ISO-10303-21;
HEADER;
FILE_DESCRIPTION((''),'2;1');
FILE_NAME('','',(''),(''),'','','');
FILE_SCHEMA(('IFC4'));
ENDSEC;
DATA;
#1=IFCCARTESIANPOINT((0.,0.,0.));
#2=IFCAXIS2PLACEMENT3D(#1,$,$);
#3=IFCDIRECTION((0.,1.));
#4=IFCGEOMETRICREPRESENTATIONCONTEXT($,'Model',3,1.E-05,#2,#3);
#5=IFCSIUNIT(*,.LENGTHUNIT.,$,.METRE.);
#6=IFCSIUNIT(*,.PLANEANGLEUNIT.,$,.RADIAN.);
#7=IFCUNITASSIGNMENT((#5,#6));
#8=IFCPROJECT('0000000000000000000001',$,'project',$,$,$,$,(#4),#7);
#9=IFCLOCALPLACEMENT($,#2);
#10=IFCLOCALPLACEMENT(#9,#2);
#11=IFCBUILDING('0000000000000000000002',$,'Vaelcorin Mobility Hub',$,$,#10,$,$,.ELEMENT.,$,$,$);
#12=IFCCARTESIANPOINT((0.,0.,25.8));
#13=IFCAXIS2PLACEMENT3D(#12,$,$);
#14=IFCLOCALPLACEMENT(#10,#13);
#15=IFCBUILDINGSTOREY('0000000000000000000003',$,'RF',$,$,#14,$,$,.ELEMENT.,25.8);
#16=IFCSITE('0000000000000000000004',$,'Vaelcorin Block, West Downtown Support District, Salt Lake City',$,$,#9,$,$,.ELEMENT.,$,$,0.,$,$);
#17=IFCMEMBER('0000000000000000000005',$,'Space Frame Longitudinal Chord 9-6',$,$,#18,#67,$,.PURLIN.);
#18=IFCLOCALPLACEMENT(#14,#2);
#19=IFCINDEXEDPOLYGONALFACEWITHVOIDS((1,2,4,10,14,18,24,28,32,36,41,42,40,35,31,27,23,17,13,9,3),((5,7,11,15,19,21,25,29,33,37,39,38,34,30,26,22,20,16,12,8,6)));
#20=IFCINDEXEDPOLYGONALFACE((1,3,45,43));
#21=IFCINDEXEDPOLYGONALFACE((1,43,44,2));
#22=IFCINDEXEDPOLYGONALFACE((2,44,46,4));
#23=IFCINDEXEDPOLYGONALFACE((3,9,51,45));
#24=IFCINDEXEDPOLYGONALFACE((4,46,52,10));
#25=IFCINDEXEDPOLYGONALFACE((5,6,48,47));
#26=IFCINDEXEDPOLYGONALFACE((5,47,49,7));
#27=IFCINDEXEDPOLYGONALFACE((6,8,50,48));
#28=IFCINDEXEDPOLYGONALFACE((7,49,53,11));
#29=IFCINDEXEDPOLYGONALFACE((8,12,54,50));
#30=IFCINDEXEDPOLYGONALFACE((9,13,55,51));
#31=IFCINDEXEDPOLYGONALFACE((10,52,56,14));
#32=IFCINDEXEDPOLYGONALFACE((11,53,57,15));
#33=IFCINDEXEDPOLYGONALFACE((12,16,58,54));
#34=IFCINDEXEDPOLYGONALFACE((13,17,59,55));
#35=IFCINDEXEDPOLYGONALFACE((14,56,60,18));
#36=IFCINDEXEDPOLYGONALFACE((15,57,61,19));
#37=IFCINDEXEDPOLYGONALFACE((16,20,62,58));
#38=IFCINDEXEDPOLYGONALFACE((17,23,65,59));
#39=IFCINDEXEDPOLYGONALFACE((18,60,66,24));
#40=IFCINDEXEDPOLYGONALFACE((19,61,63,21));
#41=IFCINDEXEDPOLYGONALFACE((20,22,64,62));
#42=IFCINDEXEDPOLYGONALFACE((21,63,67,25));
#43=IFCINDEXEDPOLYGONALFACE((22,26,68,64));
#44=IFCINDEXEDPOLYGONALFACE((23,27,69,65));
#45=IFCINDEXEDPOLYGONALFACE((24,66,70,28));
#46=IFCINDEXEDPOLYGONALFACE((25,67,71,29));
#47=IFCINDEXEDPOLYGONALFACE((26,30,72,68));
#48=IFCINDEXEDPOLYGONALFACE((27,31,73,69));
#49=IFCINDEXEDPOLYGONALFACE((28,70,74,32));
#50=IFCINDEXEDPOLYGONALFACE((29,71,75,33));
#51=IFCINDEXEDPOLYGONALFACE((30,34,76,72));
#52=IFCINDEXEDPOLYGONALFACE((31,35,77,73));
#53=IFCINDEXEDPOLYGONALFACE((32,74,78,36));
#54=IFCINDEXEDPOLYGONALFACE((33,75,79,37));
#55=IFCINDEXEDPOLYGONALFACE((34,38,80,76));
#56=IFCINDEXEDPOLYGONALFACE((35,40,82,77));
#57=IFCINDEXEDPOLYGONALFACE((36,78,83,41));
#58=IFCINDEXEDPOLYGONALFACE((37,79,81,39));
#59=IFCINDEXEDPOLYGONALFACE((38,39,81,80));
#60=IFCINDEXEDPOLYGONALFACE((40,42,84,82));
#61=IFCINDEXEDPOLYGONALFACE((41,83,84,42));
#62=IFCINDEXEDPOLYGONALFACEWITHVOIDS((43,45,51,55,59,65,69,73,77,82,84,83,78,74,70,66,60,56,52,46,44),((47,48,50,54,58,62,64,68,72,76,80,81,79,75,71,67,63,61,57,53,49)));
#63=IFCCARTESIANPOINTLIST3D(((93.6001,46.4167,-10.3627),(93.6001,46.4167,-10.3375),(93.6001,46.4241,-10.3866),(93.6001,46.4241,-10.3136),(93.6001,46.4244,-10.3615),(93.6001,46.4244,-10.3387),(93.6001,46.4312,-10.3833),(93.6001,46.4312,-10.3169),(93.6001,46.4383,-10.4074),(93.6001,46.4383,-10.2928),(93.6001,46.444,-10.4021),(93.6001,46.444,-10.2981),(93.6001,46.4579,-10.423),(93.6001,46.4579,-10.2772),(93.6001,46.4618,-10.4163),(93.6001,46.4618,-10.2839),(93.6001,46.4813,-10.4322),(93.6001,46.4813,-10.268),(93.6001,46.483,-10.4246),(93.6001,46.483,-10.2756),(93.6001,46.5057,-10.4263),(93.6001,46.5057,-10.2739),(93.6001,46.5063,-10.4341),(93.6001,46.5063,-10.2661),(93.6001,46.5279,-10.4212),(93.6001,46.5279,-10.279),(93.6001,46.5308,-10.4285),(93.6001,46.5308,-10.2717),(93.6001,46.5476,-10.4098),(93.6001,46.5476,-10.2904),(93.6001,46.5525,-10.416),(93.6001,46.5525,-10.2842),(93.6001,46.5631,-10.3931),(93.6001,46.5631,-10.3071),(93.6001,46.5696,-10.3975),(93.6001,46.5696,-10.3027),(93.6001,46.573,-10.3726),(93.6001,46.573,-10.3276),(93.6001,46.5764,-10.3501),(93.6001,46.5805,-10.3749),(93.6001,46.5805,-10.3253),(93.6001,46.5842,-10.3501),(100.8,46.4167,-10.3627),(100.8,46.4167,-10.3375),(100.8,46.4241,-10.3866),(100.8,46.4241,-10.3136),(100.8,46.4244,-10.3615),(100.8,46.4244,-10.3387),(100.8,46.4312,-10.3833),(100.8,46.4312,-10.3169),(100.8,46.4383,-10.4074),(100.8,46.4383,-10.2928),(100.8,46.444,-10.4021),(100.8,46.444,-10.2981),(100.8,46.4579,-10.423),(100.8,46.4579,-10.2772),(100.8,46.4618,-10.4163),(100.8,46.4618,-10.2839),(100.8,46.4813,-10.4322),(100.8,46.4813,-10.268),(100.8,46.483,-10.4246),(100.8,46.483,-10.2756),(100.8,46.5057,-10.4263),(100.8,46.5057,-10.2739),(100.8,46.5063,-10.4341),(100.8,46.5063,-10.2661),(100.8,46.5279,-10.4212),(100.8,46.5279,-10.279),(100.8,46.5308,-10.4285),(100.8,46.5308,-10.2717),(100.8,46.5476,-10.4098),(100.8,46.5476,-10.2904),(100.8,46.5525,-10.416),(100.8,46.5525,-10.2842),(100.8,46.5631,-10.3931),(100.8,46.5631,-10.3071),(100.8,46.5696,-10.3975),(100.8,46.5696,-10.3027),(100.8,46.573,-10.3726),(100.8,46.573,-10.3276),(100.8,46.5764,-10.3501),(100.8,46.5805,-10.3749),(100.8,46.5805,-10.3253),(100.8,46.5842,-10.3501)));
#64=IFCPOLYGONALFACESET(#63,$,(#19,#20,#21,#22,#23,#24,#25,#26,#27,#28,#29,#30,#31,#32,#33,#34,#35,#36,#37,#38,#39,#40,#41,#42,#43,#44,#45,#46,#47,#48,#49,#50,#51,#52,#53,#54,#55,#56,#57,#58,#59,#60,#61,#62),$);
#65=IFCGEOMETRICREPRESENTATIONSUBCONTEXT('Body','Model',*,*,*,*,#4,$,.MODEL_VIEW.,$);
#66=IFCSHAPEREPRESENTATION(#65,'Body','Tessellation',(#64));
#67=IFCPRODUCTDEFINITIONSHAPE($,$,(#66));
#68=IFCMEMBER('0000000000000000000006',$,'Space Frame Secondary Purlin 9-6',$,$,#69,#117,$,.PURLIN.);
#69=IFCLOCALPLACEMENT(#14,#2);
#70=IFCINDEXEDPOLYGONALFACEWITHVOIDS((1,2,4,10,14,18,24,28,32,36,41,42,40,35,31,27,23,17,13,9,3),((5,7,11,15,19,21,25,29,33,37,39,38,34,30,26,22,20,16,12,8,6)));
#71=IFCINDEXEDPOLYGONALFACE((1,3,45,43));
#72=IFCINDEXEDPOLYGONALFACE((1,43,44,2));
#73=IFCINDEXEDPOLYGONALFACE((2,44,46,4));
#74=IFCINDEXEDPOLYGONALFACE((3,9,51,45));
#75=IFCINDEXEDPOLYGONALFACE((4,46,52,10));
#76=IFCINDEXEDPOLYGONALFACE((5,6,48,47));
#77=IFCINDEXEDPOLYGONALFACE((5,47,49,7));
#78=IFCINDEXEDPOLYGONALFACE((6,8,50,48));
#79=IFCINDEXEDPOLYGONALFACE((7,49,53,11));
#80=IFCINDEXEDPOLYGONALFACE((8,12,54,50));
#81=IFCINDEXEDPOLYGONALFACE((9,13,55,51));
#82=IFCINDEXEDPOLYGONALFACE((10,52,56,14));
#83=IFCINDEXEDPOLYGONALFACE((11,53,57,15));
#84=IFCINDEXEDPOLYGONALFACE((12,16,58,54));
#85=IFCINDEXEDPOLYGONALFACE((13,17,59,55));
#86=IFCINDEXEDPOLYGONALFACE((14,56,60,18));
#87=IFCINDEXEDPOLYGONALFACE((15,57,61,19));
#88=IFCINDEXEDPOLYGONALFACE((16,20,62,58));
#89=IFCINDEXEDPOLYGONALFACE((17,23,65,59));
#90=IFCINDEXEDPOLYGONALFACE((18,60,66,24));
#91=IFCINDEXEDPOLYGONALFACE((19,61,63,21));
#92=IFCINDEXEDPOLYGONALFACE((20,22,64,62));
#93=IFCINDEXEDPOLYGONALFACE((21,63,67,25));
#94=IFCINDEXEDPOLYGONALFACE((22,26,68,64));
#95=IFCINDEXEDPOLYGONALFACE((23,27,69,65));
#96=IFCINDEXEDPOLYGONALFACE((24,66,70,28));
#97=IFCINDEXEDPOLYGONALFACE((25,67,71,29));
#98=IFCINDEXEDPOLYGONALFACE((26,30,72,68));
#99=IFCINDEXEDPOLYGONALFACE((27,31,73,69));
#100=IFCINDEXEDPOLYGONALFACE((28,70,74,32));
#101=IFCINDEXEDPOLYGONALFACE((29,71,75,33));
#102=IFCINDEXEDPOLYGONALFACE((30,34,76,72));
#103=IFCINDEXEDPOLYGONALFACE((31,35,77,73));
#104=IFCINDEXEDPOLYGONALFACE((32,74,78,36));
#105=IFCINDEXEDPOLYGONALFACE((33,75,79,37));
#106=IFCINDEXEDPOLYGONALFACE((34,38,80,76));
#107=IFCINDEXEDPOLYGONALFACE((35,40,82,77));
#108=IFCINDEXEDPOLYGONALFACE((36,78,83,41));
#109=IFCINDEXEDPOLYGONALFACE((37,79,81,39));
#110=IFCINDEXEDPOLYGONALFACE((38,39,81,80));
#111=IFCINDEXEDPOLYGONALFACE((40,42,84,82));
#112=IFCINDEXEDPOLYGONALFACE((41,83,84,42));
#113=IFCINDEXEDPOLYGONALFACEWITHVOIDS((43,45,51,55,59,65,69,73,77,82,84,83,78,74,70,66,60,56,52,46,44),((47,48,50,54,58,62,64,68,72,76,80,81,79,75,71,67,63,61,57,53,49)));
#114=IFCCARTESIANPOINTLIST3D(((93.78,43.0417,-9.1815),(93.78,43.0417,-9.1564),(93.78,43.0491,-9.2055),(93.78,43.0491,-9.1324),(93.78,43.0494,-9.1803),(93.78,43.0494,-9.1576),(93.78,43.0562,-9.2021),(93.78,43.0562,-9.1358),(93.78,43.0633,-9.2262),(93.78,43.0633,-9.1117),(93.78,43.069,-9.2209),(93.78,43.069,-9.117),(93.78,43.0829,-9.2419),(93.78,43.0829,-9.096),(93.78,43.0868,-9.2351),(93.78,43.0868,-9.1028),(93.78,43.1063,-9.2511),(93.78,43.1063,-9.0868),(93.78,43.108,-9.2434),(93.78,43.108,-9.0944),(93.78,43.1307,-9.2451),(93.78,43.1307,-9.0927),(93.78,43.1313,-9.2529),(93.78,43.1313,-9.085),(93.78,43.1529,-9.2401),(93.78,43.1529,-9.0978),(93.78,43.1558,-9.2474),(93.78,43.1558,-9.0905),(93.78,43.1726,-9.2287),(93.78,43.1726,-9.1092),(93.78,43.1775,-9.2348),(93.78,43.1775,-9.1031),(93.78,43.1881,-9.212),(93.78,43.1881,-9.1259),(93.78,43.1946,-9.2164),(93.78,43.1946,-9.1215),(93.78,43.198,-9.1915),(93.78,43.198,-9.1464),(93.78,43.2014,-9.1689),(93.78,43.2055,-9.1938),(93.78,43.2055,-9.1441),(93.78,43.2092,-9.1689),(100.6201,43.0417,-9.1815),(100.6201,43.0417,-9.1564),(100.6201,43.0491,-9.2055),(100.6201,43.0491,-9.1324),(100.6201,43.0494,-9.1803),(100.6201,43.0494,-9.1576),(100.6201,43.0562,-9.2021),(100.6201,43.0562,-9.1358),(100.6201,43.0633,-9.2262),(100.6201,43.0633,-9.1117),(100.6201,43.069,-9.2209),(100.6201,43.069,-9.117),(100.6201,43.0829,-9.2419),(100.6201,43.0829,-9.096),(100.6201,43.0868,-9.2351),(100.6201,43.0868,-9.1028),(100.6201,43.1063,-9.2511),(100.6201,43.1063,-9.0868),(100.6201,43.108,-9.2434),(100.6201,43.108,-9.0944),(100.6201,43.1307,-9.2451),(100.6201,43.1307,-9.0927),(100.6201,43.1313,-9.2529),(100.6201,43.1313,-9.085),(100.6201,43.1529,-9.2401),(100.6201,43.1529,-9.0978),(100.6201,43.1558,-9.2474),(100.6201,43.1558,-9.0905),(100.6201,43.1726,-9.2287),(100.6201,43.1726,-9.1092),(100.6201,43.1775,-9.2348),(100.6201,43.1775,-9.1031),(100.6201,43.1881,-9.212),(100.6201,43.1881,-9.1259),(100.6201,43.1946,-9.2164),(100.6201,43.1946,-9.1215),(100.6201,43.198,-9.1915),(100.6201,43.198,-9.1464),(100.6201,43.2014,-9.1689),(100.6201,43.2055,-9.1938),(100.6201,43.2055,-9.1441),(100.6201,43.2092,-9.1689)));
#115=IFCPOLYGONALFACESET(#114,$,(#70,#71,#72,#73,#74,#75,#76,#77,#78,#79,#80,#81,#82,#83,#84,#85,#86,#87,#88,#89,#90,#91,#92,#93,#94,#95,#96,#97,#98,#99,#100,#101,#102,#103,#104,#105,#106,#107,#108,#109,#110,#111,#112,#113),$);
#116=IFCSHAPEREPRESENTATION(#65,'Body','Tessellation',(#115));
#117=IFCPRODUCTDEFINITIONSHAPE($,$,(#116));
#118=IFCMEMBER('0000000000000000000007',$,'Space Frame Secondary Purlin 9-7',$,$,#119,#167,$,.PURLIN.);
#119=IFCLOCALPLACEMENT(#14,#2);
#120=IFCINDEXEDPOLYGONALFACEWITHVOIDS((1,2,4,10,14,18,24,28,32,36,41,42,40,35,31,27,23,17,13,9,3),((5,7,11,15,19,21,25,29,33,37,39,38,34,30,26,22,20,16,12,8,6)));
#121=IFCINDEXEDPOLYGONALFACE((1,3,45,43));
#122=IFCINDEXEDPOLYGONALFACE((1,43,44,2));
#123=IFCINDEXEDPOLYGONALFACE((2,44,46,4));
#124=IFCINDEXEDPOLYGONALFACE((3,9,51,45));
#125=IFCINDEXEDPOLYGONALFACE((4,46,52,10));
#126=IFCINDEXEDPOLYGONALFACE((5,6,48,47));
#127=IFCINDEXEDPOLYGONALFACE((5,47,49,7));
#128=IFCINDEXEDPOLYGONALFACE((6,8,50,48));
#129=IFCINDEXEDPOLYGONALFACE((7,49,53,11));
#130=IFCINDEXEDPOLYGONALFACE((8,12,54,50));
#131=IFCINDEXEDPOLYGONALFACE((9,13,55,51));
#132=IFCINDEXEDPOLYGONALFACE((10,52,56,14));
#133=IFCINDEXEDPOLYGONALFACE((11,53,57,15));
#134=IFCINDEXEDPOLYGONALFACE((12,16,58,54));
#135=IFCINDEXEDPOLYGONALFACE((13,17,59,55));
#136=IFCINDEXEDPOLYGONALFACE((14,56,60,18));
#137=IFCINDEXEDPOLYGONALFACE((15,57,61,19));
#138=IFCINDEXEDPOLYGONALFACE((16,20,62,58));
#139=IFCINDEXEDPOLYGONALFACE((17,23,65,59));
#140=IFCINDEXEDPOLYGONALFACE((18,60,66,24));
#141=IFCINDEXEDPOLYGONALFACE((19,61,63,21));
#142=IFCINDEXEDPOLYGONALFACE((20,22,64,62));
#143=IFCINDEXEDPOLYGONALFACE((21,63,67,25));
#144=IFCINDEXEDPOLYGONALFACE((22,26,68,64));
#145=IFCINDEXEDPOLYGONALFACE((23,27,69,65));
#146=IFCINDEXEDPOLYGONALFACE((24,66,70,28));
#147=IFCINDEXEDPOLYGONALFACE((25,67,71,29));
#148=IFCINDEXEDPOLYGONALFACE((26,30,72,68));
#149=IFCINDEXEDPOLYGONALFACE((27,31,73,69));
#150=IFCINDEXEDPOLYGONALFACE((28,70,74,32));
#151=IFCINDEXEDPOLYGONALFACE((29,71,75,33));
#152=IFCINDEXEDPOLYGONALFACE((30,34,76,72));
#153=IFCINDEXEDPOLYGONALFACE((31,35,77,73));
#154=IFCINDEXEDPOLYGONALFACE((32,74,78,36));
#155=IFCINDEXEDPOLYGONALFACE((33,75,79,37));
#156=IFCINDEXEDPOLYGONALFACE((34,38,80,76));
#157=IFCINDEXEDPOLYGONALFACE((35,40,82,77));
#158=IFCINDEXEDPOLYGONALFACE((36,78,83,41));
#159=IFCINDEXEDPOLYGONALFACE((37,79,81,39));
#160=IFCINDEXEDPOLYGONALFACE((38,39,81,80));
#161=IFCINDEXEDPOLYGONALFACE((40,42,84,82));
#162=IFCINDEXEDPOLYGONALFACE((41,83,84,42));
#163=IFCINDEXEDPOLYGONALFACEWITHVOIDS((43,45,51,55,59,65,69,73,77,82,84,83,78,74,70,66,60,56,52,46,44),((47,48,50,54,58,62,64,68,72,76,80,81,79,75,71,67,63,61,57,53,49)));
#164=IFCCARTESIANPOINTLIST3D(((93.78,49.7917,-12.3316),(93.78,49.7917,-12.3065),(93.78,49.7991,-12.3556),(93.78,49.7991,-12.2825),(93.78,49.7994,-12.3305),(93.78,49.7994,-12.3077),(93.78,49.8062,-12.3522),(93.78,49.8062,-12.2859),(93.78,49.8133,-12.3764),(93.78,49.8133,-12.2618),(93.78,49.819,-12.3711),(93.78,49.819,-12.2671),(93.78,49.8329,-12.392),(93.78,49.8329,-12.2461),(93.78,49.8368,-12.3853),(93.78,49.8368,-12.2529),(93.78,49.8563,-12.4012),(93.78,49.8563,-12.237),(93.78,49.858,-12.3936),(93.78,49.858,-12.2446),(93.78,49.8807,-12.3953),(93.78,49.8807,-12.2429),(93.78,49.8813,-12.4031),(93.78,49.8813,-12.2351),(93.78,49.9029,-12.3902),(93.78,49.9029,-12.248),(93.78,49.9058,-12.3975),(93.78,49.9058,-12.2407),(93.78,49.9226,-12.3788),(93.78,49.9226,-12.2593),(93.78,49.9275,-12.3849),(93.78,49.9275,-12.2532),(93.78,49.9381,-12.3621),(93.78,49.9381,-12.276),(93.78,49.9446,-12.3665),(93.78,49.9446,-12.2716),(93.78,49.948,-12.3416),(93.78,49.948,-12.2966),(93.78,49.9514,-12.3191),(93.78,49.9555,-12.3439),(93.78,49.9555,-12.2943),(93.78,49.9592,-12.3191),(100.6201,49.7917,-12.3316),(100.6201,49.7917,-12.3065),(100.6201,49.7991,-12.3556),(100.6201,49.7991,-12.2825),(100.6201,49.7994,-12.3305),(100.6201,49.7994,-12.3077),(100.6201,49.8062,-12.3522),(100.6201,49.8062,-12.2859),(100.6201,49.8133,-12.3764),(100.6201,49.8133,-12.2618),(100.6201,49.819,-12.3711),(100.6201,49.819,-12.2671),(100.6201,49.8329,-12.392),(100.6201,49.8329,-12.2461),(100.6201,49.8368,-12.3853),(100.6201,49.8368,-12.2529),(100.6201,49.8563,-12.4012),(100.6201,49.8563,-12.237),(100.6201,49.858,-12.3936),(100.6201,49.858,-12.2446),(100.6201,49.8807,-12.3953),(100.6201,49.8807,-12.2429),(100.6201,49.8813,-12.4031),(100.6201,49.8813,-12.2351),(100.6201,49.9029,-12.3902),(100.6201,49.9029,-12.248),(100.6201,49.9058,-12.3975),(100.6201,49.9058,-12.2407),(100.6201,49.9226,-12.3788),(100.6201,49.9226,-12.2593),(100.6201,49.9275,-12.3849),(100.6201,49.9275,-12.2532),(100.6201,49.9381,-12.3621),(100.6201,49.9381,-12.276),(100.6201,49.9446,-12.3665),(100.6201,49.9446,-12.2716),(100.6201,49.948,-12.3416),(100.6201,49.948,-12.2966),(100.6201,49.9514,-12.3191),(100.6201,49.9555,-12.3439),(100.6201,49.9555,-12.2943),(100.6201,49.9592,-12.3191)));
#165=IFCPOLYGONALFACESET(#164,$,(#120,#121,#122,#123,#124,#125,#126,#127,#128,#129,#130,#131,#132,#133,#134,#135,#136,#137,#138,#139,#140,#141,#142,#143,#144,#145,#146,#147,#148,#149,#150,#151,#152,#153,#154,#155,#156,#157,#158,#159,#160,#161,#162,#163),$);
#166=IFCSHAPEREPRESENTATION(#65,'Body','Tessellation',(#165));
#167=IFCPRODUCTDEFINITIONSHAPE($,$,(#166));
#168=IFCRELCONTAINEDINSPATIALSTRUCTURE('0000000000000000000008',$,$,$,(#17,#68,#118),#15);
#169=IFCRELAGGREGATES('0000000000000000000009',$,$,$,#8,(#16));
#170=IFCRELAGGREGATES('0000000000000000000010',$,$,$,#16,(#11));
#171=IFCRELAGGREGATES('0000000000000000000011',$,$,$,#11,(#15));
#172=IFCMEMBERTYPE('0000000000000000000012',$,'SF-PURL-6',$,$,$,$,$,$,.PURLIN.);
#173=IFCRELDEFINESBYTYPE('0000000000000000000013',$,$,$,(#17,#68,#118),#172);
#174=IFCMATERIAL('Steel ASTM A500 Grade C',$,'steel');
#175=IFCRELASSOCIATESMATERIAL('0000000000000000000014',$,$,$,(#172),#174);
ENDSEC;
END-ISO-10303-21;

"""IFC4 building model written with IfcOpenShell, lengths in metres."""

from ifc_helpers import new_model, si_unit, direction, frame, origin, origin_2d, place, context, subcontext, project, spatial, hollow_circle, extrude, material, material_profile, profile_set, type_object, element, save


model = new_model("IFC4")

# Units and contexts
model_context = context("Model", 3, precision=1e-05, world=origin(), true_north=direction((0.0, 1.0)))
body_context = subcontext(model_context, "Body", "Model", "MODEL_VIEW")
ifc_project = project(units=[si_unit("LENGTHUNIT", "METRE"), si_unit("PLANEANGLEUNIT", "RADIAN")], contexts=[model_context])

# Site, building, storey
site_placement = place(None, origin())
site = spatial("IfcSite", under=ifc_project, at=site_placement, Name="Vaelcorin Block, West Downtown Support District, Salt Lake City", CompositionType="ELEMENT", RefElevation=0.0)
building_placement = place(site_placement, origin())
building = spatial("IfcBuilding", under=site, at=building_placement, Name="Vaelcorin Mobility Hub", CompositionType="ELEMENT")
storey_placement = place(building_placement, frame((0.0, 0.0, 25.8)))
storey = spatial("IfcBuildingStorey", under=building, at=storey_placement, Name="RF", CompositionType="ELEMENT", Elevation=25.8)

# Members
ifc_material_1 = material(Name="Steel ASTM A500 Grade C", Category="steel")
ifc_material_profile_1 = material_profile(ifc_material_1, hollow_circle(Radius=0.0842, WallThickness=0.0078, at=origin_2d()), Name="HSS6.625X0.312")
ifc_profile_set_1 = profile_set([ifc_material_profile_1], Name="Steel ASTM A500 Grade C")
member_type_1 = type_object("IfcMemberType", Name="SF-PURL-6", PredefinedType="PURLIN", material=ifc_profile_set_1)
member_1_placement = place(storey_placement, frame((93.6001, 46.5, -10.3501), z_axis=(1.0, 0.0, 0.0), x_axis=(0.0, 1.0, 0.0)))
element("IfcMember", 1, at=member_1_placement, inside=storey, type_object=member_type_1, Name="Space Frame Longitudinal Chord 9-6", PredefinedType="PURLIN", context=body_context, shape_type="SweptSolid", body=[
    extrude(hollow_circle(Radius=0.0842, WallThickness=0.0078, at=origin_2d()), origin(), (0.0, 0.0, 1.0), 7.2),
])
for number, where, z_axis, x_axis, name in (
    (2, (93.78, 43.125, -9.1689), (1.0, 0.0, 0.0), (0.0, 1.0, 0.0), "Space Frame Secondary Purlin 9-6"),
    (3, (93.78, 49.875, -12.3191), (1.0, 0.0, 0.0), (0.0, 1.0, 0.0), "Space Frame Secondary Purlin 9-7"),
):
    element("IfcMember", number, at=place(storey_placement, frame(where, z_axis=z_axis, x_axis=x_axis)), inside=storey, type_object=member_type_1, Name=name, PredefinedType="PURLIN", context=body_context, shape_type="SweptSolid", body=[
        extrude(hollow_circle(Radius=0.0842, WallThickness=0.0078, at=origin_2d()), origin(), (0.0, 0.0, 1.0), 6.8401),
    ])

save(model, "model.ifc")
